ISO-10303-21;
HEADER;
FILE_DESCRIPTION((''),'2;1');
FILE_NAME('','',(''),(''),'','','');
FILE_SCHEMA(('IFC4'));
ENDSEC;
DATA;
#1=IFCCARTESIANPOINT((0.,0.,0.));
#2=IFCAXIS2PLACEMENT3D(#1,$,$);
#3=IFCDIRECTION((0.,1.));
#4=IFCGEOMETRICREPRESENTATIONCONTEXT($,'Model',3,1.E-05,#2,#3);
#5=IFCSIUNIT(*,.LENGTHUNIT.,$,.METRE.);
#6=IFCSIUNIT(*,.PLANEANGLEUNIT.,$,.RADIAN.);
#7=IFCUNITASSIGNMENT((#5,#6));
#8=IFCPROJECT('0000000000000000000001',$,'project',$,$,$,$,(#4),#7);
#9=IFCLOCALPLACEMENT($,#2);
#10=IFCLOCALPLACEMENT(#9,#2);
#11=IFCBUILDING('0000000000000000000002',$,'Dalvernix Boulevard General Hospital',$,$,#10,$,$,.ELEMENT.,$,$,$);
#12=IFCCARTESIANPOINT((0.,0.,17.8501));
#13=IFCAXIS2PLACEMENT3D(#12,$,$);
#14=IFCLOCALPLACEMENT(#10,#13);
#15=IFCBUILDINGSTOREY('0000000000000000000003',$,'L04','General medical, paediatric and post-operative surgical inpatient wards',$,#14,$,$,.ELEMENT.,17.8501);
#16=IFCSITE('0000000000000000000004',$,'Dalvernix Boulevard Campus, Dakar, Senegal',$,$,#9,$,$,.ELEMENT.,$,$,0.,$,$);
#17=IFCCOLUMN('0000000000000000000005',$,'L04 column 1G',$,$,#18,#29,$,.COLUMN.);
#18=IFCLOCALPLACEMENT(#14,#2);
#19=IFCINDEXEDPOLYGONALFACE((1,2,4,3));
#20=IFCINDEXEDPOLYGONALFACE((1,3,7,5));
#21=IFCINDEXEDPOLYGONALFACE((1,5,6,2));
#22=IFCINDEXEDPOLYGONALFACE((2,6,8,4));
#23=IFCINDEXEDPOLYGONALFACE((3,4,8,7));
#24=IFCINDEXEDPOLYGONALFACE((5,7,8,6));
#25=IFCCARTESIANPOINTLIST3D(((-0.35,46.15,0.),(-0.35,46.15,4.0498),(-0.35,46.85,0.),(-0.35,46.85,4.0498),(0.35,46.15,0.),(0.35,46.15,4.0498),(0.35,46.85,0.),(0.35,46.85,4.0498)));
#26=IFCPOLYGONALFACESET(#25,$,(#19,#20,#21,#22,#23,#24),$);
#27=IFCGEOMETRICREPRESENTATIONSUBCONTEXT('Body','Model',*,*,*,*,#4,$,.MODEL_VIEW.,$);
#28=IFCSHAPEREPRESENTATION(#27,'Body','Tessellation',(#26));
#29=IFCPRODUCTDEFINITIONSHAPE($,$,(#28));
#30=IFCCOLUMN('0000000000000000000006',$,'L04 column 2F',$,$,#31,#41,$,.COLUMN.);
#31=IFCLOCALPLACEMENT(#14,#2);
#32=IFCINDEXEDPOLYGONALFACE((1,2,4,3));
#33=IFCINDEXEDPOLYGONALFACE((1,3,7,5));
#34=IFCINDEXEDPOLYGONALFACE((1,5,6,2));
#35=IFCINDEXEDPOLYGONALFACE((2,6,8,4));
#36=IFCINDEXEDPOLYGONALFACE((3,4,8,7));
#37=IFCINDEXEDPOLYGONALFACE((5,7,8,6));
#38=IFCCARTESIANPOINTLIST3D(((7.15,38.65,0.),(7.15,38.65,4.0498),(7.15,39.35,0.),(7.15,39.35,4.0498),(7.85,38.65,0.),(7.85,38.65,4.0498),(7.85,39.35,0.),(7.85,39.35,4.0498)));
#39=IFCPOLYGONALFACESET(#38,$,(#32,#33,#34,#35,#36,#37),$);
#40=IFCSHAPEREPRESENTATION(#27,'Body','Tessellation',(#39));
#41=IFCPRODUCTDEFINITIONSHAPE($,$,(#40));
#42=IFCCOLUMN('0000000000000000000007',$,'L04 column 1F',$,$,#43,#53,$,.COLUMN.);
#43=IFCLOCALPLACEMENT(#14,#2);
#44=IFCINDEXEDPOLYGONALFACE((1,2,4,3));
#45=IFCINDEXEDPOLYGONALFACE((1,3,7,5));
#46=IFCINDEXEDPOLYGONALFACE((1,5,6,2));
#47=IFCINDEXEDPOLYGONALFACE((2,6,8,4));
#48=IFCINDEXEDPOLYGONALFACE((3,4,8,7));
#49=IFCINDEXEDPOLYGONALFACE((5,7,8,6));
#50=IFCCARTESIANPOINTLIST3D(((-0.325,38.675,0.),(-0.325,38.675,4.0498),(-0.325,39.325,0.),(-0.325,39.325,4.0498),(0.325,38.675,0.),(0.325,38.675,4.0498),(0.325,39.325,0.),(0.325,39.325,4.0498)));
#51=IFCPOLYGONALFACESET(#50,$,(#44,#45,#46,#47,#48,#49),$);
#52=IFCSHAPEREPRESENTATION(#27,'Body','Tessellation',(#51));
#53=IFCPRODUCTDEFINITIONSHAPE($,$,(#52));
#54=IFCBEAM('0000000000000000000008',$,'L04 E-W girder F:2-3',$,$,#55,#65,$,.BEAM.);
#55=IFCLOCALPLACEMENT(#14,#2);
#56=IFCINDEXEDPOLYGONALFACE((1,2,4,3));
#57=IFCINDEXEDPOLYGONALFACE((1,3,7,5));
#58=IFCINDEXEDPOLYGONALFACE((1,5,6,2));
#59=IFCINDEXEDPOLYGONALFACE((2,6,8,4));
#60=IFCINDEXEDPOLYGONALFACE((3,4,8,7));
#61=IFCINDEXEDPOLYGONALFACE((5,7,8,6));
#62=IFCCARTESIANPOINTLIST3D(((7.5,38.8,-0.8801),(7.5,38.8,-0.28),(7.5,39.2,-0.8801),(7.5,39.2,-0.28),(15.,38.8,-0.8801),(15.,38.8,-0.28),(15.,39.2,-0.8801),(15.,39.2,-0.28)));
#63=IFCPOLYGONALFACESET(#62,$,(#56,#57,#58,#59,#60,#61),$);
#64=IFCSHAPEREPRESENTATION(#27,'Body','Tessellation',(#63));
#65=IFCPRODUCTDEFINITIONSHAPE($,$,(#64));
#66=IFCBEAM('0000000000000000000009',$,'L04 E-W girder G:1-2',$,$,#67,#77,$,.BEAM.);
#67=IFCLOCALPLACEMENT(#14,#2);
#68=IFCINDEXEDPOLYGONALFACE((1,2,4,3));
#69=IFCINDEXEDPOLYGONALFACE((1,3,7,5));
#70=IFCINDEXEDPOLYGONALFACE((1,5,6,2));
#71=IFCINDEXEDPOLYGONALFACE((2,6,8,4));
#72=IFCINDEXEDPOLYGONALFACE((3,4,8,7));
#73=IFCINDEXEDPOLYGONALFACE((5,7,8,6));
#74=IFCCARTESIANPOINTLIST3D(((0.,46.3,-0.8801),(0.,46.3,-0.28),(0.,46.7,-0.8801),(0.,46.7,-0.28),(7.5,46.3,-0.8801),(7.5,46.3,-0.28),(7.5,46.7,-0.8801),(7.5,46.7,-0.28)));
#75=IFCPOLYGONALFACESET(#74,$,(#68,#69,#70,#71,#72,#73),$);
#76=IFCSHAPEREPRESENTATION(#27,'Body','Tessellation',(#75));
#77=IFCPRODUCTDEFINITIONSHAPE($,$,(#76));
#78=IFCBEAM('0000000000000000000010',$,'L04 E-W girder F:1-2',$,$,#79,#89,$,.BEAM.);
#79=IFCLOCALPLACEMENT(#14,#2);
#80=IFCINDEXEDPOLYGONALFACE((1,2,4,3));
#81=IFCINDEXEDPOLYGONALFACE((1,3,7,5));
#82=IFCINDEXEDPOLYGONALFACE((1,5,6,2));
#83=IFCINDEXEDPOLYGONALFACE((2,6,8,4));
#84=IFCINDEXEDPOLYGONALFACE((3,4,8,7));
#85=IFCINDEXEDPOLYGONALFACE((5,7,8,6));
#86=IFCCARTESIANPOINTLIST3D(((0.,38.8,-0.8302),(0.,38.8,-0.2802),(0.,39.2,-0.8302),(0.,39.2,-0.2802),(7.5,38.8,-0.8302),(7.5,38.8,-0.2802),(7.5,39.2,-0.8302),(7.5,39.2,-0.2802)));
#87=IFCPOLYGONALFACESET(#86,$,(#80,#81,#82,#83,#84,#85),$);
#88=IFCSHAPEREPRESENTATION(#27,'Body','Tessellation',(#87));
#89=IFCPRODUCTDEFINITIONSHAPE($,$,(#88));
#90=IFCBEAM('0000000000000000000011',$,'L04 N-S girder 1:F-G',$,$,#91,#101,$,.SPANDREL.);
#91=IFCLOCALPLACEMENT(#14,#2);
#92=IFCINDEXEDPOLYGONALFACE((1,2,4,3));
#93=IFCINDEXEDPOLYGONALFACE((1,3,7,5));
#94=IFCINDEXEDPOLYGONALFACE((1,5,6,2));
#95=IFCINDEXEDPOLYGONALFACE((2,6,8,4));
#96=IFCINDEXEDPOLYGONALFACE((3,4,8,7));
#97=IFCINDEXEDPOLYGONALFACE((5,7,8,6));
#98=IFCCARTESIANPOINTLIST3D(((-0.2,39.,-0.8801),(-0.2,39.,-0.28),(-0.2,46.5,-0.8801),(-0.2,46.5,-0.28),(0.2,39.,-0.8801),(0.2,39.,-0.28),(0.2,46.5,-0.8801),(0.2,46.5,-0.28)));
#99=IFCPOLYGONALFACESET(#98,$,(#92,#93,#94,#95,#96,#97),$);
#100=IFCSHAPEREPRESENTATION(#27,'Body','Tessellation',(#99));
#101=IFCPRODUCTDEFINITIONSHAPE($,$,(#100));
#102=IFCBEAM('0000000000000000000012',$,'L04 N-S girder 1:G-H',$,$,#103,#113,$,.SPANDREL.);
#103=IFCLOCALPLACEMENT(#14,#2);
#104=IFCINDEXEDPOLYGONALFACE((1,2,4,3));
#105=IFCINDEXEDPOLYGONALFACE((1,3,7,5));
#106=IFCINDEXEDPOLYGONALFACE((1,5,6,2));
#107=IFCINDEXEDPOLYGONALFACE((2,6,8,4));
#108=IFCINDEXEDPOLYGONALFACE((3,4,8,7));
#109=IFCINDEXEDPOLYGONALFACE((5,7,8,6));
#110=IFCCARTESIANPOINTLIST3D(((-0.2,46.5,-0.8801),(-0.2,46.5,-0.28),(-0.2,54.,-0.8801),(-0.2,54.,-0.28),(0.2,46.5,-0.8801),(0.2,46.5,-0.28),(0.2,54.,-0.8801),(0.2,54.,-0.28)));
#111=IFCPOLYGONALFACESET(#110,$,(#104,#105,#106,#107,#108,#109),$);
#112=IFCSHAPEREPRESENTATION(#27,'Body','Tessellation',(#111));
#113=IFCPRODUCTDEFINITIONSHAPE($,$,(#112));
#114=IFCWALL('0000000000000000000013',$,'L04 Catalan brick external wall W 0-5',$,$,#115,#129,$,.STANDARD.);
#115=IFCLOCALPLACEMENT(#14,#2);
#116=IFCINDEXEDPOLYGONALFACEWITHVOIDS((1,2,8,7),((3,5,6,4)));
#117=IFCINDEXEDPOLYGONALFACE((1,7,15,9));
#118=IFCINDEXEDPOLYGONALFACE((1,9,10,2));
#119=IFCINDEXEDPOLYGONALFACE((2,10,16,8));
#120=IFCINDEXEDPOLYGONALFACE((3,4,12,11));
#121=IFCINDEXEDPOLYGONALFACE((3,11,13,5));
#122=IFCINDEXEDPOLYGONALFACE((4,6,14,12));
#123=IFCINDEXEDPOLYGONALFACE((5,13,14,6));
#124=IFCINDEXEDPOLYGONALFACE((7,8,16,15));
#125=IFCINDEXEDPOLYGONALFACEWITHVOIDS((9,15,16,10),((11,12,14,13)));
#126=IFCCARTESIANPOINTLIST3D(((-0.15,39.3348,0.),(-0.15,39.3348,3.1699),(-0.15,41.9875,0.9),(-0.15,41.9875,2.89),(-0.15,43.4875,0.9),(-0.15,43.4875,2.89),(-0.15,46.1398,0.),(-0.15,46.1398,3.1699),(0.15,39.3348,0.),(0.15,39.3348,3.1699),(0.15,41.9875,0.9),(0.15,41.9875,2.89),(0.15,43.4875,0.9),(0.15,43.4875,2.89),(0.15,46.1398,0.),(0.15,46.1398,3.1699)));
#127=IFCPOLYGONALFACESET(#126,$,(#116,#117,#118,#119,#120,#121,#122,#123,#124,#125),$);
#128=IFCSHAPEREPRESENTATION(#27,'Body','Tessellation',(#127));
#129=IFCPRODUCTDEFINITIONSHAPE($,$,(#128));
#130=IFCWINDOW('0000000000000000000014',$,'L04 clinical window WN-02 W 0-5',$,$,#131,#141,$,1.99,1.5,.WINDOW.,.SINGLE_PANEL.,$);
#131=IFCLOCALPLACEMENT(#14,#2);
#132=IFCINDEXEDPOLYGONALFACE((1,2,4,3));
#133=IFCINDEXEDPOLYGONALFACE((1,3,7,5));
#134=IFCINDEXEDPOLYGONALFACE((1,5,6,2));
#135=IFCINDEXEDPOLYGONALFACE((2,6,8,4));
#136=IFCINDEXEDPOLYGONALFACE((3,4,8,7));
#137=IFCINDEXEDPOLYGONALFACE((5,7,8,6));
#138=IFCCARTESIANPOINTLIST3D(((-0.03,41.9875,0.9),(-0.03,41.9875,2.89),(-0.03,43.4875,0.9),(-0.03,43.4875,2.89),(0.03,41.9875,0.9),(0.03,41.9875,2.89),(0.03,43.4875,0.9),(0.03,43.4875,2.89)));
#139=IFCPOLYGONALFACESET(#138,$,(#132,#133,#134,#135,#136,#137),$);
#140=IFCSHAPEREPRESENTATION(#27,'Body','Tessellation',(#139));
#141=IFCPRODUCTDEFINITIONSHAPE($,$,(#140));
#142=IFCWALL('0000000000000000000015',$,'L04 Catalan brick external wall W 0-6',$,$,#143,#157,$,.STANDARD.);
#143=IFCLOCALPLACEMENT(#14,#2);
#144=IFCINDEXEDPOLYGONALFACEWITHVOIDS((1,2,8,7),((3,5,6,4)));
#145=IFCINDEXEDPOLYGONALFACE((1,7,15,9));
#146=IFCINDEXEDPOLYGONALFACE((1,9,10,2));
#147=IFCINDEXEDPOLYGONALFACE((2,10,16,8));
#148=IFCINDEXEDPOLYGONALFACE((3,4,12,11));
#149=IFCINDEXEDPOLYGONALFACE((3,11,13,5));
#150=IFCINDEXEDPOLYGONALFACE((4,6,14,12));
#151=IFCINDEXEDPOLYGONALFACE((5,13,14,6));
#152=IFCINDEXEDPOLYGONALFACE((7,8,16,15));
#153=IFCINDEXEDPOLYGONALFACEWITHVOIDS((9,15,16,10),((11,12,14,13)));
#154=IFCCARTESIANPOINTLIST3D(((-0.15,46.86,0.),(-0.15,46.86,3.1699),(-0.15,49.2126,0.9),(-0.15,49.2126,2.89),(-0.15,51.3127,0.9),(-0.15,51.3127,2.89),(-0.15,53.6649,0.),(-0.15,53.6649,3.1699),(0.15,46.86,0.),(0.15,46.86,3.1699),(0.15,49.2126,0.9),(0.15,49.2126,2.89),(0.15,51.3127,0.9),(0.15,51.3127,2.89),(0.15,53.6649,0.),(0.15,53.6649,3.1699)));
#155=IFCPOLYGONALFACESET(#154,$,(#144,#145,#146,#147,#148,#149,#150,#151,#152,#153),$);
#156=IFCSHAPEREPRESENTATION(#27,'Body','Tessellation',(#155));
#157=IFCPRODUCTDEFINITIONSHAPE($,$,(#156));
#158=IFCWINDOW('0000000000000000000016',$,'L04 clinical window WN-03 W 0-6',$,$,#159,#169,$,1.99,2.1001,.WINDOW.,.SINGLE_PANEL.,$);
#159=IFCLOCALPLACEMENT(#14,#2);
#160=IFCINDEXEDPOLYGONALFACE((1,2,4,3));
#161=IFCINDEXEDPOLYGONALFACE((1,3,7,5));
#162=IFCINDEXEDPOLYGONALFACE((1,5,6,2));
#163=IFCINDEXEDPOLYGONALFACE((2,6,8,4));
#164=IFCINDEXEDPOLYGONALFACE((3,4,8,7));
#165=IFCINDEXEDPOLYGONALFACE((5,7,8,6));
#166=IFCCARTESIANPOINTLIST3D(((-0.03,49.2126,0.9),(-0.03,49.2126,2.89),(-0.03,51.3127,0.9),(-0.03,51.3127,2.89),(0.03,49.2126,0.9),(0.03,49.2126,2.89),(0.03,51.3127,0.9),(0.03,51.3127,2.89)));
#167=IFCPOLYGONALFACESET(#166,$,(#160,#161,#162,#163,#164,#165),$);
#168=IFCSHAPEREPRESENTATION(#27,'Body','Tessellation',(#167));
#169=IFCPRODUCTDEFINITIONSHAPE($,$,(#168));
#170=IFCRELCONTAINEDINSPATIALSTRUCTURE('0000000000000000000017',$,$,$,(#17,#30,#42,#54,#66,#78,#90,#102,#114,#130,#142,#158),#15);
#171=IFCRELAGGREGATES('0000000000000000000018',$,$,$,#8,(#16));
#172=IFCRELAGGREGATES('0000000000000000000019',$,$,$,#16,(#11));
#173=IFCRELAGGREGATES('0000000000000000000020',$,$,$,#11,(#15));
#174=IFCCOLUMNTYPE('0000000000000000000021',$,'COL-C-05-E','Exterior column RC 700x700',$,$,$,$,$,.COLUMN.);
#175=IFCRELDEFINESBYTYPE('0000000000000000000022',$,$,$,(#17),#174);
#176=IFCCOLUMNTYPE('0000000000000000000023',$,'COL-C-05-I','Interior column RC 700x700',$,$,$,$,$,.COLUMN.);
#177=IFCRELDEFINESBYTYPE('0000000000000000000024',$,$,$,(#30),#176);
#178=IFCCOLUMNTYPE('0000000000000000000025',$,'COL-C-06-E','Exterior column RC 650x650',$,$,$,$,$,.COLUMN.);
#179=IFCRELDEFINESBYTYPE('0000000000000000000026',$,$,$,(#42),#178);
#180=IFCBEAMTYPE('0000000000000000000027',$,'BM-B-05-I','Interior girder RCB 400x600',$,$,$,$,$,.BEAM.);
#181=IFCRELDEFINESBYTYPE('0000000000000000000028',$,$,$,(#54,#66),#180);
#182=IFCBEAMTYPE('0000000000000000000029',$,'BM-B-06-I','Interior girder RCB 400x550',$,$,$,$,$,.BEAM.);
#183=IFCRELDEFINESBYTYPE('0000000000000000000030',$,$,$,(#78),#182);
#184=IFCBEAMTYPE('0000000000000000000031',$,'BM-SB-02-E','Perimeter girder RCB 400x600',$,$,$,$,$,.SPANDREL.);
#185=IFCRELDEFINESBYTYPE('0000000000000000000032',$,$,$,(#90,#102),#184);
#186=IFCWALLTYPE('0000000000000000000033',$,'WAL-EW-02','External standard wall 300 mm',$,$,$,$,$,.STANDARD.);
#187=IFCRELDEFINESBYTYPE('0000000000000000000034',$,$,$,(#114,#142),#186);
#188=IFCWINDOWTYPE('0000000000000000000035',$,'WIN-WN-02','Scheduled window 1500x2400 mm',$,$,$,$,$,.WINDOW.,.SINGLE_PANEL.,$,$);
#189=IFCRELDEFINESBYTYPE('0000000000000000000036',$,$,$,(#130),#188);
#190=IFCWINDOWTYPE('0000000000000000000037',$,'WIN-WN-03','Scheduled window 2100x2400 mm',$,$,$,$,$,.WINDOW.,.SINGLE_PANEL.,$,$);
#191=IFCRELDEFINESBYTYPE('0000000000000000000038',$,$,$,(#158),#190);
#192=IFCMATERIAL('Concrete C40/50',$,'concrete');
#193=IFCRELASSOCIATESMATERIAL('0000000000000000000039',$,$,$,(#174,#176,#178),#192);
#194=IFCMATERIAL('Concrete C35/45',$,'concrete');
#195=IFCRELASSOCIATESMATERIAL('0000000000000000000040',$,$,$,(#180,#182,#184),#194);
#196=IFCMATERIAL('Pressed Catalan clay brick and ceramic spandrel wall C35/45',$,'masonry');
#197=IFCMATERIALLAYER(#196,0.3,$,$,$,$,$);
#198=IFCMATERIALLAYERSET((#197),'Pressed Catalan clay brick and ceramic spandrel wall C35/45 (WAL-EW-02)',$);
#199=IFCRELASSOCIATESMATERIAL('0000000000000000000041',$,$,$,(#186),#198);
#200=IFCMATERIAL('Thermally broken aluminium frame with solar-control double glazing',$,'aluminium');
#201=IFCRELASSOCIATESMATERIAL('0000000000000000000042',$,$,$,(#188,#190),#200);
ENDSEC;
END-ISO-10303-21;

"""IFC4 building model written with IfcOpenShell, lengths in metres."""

from ifc_helpers import new_model, si_unit, direction, frame, frame_2d, origin, origin_2d, place, context, subcontext, project, spatial, rectangle, extrude, material, layer, layer_set, material_profile, profile_set, type_object, element, fill, save


model = new_model("IFC4")

# Units and contexts
model_context = context("Model", 3, precision=1e-05, world=origin(), true_north=direction((0.0, 1.0)))
body_context = subcontext(model_context, "Body", "Model", "MODEL_VIEW")
ifc_project = project(units=[si_unit("LENGTHUNIT", "METRE"), si_unit("PLANEANGLEUNIT", "RADIAN")], contexts=[model_context])

# Site, building, storey
site_placement = place(None, origin())
site = spatial("IfcSite", under=ifc_project, at=site_placement, Name="Dalvernix Boulevard Campus, Dakar, Senegal", CompositionType="ELEMENT", RefElevation=0.0)
building_placement = place(site_placement, origin())
building = spatial("IfcBuilding", under=site, at=building_placement, Name="Dalvernix Boulevard General Hospital", CompositionType="ELEMENT")
storey_placement = place(building_placement, frame((0.0, 0.0, 17.8501)))
storey = spatial("IfcBuildingStorey", under=building, at=storey_placement, Name="L04", Description="General medical, paediatric and post-operative surgical inpatient wards", CompositionType="ELEMENT", Elevation=17.8501)

# Columns
ifc_material_1 = material(Name="Concrete C40/50", Category="concrete")
ifc_material_profile_1 = material_profile(ifc_material_1, rectangle(XDim=0.7, YDim=0.7, at=origin_2d()), Name="RC 700x700")
ifc_profile_set_1 = profile_set([ifc_material_profile_1], Name="Concrete C40/50")
column_type_1 = type_object("IfcColumnType", Name="COL-C-05-E", Description="Exterior column RC 700x700", PredefinedType="COLUMN", material=ifc_profile_set_1)
column_1_placement = place(storey_placement, frame((0.0, 46.5, 0.0), z_axis=(0.0, 0.0, 1.0), x_axis=(1.0, 0.0, 0.0)))
element("IfcColumn", 1, at=column_1_placement, inside=storey, type_object=column_type_1, Name="L04 column 1G", PredefinedType="COLUMN", context=body_context, shape_type="SweptSolid", body=[
    extrude(rectangle(XDim=0.7, YDim=0.7, at=origin_2d()), origin(), (0.0, 0.0, 1.0), 4.0498),
])
ifc_material_profile_2 = material_profile(ifc_material_1, rectangle(XDim=0.7, YDim=0.7, at=origin_2d()), Name="RC 700x700")
ifc_profile_set_2 = profile_set([ifc_material_profile_2], Name="Concrete C40/50")
column_type_2 = type_object("IfcColumnType", Name="COL-C-05-I", Description="Interior column RC 700x700", PredefinedType="COLUMN", material=ifc_profile_set_2)
column_2_placement = place(storey_placement, frame((7.5, 39.0, 0.0), z_axis=(0.0, 0.0, 1.0), x_axis=(1.0, 0.0, 0.0)))
element("IfcColumn", 2, at=column_2_placement, inside=storey, type_object=column_type_2, Name="L04 column 2F", PredefinedType="COLUMN", context=body_context, shape_type="SweptSolid", body=[
    extrude(rectangle(XDim=0.7, YDim=0.7, at=origin_2d()), origin(), (0.0, 0.0, 1.0), 4.0498),
])
ifc_material_profile_3 = material_profile(ifc_material_1, rectangle(XDim=0.6499, YDim=0.6499, at=origin_2d()), Name="RC 650x650")
ifc_profile_set_3 = profile_set([ifc_material_profile_3], Name="Concrete C40/50")
column_type_3 = type_object("IfcColumnType", Name="COL-C-06-E", Description="Exterior column RC 650x650", PredefinedType="COLUMN", material=ifc_profile_set_3)
column_3_placement = place(storey_placement, frame((0.0, 39.0, 0.0), z_axis=(0.0, 0.0, 1.0), x_axis=(1.0, 0.0, 0.0)))
element("IfcColumn", 3, at=column_3_placement, inside=storey, type_object=column_type_3, Name="L04 column 1F", PredefinedType="COLUMN", context=body_context, shape_type="SweptSolid", body=[
    extrude(rectangle(XDim=0.6499, YDim=0.6499, at=origin_2d()), origin(), (0.0, 0.0, 1.0), 4.0498),
])

# Beams
ifc_material_2 = material(Name="Concrete C35/45", Category="concrete")
ifc_material_profile_4 = material_profile(ifc_material_2, rectangle(XDim=0.3999, YDim=0.6001, at=origin_2d()), Name="RCB 400x600")
ifc_profile_set_4 = profile_set([ifc_material_profile_4], Name="Concrete C35/45")
beam_type_1 = type_object("IfcBeamType", Name="BM-B-05-I", Description="Interior girder RCB 400x600", PredefinedType="BEAM", material=ifc_profile_set_4)
for number, where, z_axis, x_axis, name in (
    (4, (7.5, 39.0, -0.5801), (1.0, 0.0, 0.0), (0.0, 1.0, 0.0), "L04 E-W girder F:2-3"),
    (5, (0.0, 46.5, -0.5801), (1.0, 0.0, 0.0), (0.0, 1.0, 0.0), "L04 E-W girder G:1-2"),
):
    element("IfcBeam", number, at=place(storey_placement, frame(where, z_axis=z_axis, x_axis=x_axis)), inside=storey, type_object=beam_type_1, Name=name, PredefinedType="BEAM", context=body_context, shape_type="SweptSolid", body=[
        extrude(rectangle(XDim=0.3999, YDim=0.6001, at=origin_2d()), origin(), (0.0, 0.0, 1.0), 7.5),
    ])
ifc_material_profile_5 = material_profile(ifc_material_2, rectangle(XDim=0.3999, YDim=0.55, at=origin_2d()), Name="RCB 400x550")
ifc_profile_set_5 = profile_set([ifc_material_profile_5], Name="Concrete C35/45")
beam_type_2 = type_object("IfcBeamType", Name="BM-B-06-I", Description="Interior girder RCB 400x550", PredefinedType="BEAM", material=ifc_profile_set_5)
beam_placement = place(storey_placement, frame((0.0, 39.0, -0.5552), z_axis=(1.0, 0.0, 0.0), x_axis=(0.0, 1.0, 0.0)))
element("IfcBeam", 6, at=beam_placement, inside=storey, type_object=beam_type_2, Name="L04 E-W girder F:1-2", PredefinedType="BEAM", context=body_context, shape_type="SweptSolid", body=[
    extrude(rectangle(XDim=0.3999, YDim=0.55, at=origin_2d()), origin(), (0.0, 0.0, 1.0), 7.5),
])
ifc_material_profile_6 = material_profile(ifc_material_2, rectangle(XDim=0.3999, YDim=0.6001, at=origin_2d()), Name="RCB 400x600")
ifc_profile_set_6 = profile_set([ifc_material_profile_6], Name="Concrete C35/45")
beam_type_3 = type_object("IfcBeamType", Name="BM-SB-02-E", Description="Perimeter girder RCB 400x600", PredefinedType="SPANDREL", material=ifc_profile_set_6)
for number, where, z_axis, x_axis, name in (
    (7, (0.0, 39.0, -0.5801), (0.0, 1.0, 0.0), (-1.0, 0.0, 0.0), "L04 N-S girder 1:F-G"),
    (8, (0.0, 46.5, -0.5801), (0.0, 1.0, 0.0), (-1.0, 0.0, 0.0), "L04 N-S girder 1:G-H"),
):
    element("IfcBeam", number, at=place(storey_placement, frame(where, z_axis=z_axis, x_axis=x_axis)), inside=storey, type_object=beam_type_3, Name=name, PredefinedType="SPANDREL", context=body_context, shape_type="SweptSolid", body=[
        extrude(rectangle(XDim=0.3999, YDim=0.6001, at=origin_2d()), origin(), (0.0, 0.0, 1.0), 7.5),
    ])

# Walls, openings, windows
ifc_material_3 = material(Name="Pressed Catalan clay brick and ceramic spandrel wall C35/45", Category="masonry")
ifc_layer_1 = layer(ifc_material_3, 0.3)
ifc_layer_set_1 = layer_set([ifc_layer_1], Name="Pressed Catalan clay brick and ceramic spandrel wall C35/45 (WAL-EW-02)")
wall_type_1 = type_object("IfcWallType", Name="WAL-EW-02", Description="External standard wall 300 mm", PredefinedType="STANDARD", material=ifc_layer_set_1)
wall_1_placement = place(storey_placement, frame((0.0, 39.335, 0.0), z_axis=(0.0, 0.0, 1.0), x_axis=(0.0, 1.0, 0.0)))
wall_1 = element("IfcWall", 9, at=wall_1_placement, inside=storey, type_object=wall_type_1, Name="L04 Catalan brick external wall W 0-5", PredefinedType="STANDARD", context=body_context, shape_type="SweptSolid", body=[
    extrude(rectangle(XDim=6.8049, YDim=0.3, at=frame_2d((3.4023, 0.0))), origin(), (0.0, 0.0, 1.0), 3.1699),
])
opening_1_placement = place(wall_1_placement, frame((2.6526, 0.0, 0.8999)))
opening_1 = element("IfcOpeningElement", 10, at=opening_1_placement, cuts=wall_1, PredefinedType="OPENING", context=body_context, shape_type="SweptSolid", body=[
    extrude(rectangle(XDim=1.5, YDim=1.99, at=frame_2d((0.75, 0.9951))), frame((0.0, 0.1599, 0.0), z_axis=(0.0, -1.0, 0.0), x_axis=(1.0, 0.0, 0.0)), (0.0, 0.0, 1.0), 0.3201),
])
ifc_material_4 = material(Name="Thermally broken aluminium frame with solar-control double glazing", Category="aluminium")
window_type_1 = type_object("IfcWindowType", Name="WIN-WN-02", Description="Scheduled window 1500x2400 mm", PartitioningType="SINGLE_PANEL", PredefinedType="WINDOW", material=ifc_material_4)
window_1_placement = place(opening_1_placement, origin())
window_1 = element("IfcWindow", 11, at=window_1_placement, inside=storey, type_object=window_type_1, Name="L04 clinical window WN-02 W 0-5", OverallHeight=1.99, OverallWidth=1.5, PartitioningType="SINGLE_PANEL", PredefinedType="WINDOW", context=body_context, shape_type="SweptSolid", body=[
    extrude(rectangle(XDim=1.5, YDim=1.99, at=frame_2d((0.75, 0.9951))), frame((0.0, 0.03, 0.0), z_axis=(0.0, -1.0, 0.0), x_axis=(1.0, 0.0, 0.0)), (0.0, 0.0, 1.0), 0.0601),
])
fill(opening_1, window_1)
wall_2_placement = place(storey_placement, frame((0.0, 46.8601, 0.0), z_axis=(0.0, 0.0, 1.0), x_axis=(0.0, 1.0, 0.0)))
wall_2 = element("IfcWall", 12, at=wall_2_placement, inside=storey, type_object=wall_type_1, Name="L04 Catalan brick external wall W 0-6", PredefinedType="STANDARD", context=body_context, shape_type="SweptSolid", body=[
    extrude(rectangle(XDim=6.8049, YDim=0.3, at=frame_2d((3.4023, 0.0))), origin(), (0.0, 0.0, 1.0), 3.1699),
])
opening_2_placement = place(wall_2_placement, frame((2.3525, 0.0, 0.8999)))
opening_2 = element("IfcOpeningElement", 13, at=opening_2_placement, cuts=wall_2, PredefinedType="OPENING", context=body_context, shape_type="SweptSolid", body=[
    extrude(rectangle(XDim=2.1001, YDim=1.99, at=frame_2d((1.05, 0.9951))), frame((0.0, 0.1599, 0.0), z_axis=(0.0, -1.0, 0.0), x_axis=(1.0, 0.0, 0.0)), (0.0, 0.0, 1.0), 0.3201),
])
window_type_2 = type_object("IfcWindowType", Name="WIN-WN-03", Description="Scheduled window 2100x2400 mm", PartitioningType="SINGLE_PANEL", PredefinedType="WINDOW", material=ifc_material_4)
window_2_placement = place(opening_2_placement, origin())
window_2 = element("IfcWindow", 14, at=window_2_placement, inside=storey, type_object=window_type_2, Name="L04 clinical window WN-03 W 0-6", OverallHeight=1.99, OverallWidth=2.1001, PartitioningType="SINGLE_PANEL", PredefinedType="WINDOW", context=body_context, shape_type="SweptSolid", body=[
    extrude(rectangle(XDim=2.1001, YDim=1.99, at=frame_2d((1.05, 0.9951))), frame((0.0, 0.03, 0.0), z_axis=(0.0, -1.0, 0.0), x_axis=(1.0, 0.0, 0.0)), (0.0, 0.0, 1.0), 0.0601),
])
fill(opening_2, window_2)

save(model, "model.ifc")
